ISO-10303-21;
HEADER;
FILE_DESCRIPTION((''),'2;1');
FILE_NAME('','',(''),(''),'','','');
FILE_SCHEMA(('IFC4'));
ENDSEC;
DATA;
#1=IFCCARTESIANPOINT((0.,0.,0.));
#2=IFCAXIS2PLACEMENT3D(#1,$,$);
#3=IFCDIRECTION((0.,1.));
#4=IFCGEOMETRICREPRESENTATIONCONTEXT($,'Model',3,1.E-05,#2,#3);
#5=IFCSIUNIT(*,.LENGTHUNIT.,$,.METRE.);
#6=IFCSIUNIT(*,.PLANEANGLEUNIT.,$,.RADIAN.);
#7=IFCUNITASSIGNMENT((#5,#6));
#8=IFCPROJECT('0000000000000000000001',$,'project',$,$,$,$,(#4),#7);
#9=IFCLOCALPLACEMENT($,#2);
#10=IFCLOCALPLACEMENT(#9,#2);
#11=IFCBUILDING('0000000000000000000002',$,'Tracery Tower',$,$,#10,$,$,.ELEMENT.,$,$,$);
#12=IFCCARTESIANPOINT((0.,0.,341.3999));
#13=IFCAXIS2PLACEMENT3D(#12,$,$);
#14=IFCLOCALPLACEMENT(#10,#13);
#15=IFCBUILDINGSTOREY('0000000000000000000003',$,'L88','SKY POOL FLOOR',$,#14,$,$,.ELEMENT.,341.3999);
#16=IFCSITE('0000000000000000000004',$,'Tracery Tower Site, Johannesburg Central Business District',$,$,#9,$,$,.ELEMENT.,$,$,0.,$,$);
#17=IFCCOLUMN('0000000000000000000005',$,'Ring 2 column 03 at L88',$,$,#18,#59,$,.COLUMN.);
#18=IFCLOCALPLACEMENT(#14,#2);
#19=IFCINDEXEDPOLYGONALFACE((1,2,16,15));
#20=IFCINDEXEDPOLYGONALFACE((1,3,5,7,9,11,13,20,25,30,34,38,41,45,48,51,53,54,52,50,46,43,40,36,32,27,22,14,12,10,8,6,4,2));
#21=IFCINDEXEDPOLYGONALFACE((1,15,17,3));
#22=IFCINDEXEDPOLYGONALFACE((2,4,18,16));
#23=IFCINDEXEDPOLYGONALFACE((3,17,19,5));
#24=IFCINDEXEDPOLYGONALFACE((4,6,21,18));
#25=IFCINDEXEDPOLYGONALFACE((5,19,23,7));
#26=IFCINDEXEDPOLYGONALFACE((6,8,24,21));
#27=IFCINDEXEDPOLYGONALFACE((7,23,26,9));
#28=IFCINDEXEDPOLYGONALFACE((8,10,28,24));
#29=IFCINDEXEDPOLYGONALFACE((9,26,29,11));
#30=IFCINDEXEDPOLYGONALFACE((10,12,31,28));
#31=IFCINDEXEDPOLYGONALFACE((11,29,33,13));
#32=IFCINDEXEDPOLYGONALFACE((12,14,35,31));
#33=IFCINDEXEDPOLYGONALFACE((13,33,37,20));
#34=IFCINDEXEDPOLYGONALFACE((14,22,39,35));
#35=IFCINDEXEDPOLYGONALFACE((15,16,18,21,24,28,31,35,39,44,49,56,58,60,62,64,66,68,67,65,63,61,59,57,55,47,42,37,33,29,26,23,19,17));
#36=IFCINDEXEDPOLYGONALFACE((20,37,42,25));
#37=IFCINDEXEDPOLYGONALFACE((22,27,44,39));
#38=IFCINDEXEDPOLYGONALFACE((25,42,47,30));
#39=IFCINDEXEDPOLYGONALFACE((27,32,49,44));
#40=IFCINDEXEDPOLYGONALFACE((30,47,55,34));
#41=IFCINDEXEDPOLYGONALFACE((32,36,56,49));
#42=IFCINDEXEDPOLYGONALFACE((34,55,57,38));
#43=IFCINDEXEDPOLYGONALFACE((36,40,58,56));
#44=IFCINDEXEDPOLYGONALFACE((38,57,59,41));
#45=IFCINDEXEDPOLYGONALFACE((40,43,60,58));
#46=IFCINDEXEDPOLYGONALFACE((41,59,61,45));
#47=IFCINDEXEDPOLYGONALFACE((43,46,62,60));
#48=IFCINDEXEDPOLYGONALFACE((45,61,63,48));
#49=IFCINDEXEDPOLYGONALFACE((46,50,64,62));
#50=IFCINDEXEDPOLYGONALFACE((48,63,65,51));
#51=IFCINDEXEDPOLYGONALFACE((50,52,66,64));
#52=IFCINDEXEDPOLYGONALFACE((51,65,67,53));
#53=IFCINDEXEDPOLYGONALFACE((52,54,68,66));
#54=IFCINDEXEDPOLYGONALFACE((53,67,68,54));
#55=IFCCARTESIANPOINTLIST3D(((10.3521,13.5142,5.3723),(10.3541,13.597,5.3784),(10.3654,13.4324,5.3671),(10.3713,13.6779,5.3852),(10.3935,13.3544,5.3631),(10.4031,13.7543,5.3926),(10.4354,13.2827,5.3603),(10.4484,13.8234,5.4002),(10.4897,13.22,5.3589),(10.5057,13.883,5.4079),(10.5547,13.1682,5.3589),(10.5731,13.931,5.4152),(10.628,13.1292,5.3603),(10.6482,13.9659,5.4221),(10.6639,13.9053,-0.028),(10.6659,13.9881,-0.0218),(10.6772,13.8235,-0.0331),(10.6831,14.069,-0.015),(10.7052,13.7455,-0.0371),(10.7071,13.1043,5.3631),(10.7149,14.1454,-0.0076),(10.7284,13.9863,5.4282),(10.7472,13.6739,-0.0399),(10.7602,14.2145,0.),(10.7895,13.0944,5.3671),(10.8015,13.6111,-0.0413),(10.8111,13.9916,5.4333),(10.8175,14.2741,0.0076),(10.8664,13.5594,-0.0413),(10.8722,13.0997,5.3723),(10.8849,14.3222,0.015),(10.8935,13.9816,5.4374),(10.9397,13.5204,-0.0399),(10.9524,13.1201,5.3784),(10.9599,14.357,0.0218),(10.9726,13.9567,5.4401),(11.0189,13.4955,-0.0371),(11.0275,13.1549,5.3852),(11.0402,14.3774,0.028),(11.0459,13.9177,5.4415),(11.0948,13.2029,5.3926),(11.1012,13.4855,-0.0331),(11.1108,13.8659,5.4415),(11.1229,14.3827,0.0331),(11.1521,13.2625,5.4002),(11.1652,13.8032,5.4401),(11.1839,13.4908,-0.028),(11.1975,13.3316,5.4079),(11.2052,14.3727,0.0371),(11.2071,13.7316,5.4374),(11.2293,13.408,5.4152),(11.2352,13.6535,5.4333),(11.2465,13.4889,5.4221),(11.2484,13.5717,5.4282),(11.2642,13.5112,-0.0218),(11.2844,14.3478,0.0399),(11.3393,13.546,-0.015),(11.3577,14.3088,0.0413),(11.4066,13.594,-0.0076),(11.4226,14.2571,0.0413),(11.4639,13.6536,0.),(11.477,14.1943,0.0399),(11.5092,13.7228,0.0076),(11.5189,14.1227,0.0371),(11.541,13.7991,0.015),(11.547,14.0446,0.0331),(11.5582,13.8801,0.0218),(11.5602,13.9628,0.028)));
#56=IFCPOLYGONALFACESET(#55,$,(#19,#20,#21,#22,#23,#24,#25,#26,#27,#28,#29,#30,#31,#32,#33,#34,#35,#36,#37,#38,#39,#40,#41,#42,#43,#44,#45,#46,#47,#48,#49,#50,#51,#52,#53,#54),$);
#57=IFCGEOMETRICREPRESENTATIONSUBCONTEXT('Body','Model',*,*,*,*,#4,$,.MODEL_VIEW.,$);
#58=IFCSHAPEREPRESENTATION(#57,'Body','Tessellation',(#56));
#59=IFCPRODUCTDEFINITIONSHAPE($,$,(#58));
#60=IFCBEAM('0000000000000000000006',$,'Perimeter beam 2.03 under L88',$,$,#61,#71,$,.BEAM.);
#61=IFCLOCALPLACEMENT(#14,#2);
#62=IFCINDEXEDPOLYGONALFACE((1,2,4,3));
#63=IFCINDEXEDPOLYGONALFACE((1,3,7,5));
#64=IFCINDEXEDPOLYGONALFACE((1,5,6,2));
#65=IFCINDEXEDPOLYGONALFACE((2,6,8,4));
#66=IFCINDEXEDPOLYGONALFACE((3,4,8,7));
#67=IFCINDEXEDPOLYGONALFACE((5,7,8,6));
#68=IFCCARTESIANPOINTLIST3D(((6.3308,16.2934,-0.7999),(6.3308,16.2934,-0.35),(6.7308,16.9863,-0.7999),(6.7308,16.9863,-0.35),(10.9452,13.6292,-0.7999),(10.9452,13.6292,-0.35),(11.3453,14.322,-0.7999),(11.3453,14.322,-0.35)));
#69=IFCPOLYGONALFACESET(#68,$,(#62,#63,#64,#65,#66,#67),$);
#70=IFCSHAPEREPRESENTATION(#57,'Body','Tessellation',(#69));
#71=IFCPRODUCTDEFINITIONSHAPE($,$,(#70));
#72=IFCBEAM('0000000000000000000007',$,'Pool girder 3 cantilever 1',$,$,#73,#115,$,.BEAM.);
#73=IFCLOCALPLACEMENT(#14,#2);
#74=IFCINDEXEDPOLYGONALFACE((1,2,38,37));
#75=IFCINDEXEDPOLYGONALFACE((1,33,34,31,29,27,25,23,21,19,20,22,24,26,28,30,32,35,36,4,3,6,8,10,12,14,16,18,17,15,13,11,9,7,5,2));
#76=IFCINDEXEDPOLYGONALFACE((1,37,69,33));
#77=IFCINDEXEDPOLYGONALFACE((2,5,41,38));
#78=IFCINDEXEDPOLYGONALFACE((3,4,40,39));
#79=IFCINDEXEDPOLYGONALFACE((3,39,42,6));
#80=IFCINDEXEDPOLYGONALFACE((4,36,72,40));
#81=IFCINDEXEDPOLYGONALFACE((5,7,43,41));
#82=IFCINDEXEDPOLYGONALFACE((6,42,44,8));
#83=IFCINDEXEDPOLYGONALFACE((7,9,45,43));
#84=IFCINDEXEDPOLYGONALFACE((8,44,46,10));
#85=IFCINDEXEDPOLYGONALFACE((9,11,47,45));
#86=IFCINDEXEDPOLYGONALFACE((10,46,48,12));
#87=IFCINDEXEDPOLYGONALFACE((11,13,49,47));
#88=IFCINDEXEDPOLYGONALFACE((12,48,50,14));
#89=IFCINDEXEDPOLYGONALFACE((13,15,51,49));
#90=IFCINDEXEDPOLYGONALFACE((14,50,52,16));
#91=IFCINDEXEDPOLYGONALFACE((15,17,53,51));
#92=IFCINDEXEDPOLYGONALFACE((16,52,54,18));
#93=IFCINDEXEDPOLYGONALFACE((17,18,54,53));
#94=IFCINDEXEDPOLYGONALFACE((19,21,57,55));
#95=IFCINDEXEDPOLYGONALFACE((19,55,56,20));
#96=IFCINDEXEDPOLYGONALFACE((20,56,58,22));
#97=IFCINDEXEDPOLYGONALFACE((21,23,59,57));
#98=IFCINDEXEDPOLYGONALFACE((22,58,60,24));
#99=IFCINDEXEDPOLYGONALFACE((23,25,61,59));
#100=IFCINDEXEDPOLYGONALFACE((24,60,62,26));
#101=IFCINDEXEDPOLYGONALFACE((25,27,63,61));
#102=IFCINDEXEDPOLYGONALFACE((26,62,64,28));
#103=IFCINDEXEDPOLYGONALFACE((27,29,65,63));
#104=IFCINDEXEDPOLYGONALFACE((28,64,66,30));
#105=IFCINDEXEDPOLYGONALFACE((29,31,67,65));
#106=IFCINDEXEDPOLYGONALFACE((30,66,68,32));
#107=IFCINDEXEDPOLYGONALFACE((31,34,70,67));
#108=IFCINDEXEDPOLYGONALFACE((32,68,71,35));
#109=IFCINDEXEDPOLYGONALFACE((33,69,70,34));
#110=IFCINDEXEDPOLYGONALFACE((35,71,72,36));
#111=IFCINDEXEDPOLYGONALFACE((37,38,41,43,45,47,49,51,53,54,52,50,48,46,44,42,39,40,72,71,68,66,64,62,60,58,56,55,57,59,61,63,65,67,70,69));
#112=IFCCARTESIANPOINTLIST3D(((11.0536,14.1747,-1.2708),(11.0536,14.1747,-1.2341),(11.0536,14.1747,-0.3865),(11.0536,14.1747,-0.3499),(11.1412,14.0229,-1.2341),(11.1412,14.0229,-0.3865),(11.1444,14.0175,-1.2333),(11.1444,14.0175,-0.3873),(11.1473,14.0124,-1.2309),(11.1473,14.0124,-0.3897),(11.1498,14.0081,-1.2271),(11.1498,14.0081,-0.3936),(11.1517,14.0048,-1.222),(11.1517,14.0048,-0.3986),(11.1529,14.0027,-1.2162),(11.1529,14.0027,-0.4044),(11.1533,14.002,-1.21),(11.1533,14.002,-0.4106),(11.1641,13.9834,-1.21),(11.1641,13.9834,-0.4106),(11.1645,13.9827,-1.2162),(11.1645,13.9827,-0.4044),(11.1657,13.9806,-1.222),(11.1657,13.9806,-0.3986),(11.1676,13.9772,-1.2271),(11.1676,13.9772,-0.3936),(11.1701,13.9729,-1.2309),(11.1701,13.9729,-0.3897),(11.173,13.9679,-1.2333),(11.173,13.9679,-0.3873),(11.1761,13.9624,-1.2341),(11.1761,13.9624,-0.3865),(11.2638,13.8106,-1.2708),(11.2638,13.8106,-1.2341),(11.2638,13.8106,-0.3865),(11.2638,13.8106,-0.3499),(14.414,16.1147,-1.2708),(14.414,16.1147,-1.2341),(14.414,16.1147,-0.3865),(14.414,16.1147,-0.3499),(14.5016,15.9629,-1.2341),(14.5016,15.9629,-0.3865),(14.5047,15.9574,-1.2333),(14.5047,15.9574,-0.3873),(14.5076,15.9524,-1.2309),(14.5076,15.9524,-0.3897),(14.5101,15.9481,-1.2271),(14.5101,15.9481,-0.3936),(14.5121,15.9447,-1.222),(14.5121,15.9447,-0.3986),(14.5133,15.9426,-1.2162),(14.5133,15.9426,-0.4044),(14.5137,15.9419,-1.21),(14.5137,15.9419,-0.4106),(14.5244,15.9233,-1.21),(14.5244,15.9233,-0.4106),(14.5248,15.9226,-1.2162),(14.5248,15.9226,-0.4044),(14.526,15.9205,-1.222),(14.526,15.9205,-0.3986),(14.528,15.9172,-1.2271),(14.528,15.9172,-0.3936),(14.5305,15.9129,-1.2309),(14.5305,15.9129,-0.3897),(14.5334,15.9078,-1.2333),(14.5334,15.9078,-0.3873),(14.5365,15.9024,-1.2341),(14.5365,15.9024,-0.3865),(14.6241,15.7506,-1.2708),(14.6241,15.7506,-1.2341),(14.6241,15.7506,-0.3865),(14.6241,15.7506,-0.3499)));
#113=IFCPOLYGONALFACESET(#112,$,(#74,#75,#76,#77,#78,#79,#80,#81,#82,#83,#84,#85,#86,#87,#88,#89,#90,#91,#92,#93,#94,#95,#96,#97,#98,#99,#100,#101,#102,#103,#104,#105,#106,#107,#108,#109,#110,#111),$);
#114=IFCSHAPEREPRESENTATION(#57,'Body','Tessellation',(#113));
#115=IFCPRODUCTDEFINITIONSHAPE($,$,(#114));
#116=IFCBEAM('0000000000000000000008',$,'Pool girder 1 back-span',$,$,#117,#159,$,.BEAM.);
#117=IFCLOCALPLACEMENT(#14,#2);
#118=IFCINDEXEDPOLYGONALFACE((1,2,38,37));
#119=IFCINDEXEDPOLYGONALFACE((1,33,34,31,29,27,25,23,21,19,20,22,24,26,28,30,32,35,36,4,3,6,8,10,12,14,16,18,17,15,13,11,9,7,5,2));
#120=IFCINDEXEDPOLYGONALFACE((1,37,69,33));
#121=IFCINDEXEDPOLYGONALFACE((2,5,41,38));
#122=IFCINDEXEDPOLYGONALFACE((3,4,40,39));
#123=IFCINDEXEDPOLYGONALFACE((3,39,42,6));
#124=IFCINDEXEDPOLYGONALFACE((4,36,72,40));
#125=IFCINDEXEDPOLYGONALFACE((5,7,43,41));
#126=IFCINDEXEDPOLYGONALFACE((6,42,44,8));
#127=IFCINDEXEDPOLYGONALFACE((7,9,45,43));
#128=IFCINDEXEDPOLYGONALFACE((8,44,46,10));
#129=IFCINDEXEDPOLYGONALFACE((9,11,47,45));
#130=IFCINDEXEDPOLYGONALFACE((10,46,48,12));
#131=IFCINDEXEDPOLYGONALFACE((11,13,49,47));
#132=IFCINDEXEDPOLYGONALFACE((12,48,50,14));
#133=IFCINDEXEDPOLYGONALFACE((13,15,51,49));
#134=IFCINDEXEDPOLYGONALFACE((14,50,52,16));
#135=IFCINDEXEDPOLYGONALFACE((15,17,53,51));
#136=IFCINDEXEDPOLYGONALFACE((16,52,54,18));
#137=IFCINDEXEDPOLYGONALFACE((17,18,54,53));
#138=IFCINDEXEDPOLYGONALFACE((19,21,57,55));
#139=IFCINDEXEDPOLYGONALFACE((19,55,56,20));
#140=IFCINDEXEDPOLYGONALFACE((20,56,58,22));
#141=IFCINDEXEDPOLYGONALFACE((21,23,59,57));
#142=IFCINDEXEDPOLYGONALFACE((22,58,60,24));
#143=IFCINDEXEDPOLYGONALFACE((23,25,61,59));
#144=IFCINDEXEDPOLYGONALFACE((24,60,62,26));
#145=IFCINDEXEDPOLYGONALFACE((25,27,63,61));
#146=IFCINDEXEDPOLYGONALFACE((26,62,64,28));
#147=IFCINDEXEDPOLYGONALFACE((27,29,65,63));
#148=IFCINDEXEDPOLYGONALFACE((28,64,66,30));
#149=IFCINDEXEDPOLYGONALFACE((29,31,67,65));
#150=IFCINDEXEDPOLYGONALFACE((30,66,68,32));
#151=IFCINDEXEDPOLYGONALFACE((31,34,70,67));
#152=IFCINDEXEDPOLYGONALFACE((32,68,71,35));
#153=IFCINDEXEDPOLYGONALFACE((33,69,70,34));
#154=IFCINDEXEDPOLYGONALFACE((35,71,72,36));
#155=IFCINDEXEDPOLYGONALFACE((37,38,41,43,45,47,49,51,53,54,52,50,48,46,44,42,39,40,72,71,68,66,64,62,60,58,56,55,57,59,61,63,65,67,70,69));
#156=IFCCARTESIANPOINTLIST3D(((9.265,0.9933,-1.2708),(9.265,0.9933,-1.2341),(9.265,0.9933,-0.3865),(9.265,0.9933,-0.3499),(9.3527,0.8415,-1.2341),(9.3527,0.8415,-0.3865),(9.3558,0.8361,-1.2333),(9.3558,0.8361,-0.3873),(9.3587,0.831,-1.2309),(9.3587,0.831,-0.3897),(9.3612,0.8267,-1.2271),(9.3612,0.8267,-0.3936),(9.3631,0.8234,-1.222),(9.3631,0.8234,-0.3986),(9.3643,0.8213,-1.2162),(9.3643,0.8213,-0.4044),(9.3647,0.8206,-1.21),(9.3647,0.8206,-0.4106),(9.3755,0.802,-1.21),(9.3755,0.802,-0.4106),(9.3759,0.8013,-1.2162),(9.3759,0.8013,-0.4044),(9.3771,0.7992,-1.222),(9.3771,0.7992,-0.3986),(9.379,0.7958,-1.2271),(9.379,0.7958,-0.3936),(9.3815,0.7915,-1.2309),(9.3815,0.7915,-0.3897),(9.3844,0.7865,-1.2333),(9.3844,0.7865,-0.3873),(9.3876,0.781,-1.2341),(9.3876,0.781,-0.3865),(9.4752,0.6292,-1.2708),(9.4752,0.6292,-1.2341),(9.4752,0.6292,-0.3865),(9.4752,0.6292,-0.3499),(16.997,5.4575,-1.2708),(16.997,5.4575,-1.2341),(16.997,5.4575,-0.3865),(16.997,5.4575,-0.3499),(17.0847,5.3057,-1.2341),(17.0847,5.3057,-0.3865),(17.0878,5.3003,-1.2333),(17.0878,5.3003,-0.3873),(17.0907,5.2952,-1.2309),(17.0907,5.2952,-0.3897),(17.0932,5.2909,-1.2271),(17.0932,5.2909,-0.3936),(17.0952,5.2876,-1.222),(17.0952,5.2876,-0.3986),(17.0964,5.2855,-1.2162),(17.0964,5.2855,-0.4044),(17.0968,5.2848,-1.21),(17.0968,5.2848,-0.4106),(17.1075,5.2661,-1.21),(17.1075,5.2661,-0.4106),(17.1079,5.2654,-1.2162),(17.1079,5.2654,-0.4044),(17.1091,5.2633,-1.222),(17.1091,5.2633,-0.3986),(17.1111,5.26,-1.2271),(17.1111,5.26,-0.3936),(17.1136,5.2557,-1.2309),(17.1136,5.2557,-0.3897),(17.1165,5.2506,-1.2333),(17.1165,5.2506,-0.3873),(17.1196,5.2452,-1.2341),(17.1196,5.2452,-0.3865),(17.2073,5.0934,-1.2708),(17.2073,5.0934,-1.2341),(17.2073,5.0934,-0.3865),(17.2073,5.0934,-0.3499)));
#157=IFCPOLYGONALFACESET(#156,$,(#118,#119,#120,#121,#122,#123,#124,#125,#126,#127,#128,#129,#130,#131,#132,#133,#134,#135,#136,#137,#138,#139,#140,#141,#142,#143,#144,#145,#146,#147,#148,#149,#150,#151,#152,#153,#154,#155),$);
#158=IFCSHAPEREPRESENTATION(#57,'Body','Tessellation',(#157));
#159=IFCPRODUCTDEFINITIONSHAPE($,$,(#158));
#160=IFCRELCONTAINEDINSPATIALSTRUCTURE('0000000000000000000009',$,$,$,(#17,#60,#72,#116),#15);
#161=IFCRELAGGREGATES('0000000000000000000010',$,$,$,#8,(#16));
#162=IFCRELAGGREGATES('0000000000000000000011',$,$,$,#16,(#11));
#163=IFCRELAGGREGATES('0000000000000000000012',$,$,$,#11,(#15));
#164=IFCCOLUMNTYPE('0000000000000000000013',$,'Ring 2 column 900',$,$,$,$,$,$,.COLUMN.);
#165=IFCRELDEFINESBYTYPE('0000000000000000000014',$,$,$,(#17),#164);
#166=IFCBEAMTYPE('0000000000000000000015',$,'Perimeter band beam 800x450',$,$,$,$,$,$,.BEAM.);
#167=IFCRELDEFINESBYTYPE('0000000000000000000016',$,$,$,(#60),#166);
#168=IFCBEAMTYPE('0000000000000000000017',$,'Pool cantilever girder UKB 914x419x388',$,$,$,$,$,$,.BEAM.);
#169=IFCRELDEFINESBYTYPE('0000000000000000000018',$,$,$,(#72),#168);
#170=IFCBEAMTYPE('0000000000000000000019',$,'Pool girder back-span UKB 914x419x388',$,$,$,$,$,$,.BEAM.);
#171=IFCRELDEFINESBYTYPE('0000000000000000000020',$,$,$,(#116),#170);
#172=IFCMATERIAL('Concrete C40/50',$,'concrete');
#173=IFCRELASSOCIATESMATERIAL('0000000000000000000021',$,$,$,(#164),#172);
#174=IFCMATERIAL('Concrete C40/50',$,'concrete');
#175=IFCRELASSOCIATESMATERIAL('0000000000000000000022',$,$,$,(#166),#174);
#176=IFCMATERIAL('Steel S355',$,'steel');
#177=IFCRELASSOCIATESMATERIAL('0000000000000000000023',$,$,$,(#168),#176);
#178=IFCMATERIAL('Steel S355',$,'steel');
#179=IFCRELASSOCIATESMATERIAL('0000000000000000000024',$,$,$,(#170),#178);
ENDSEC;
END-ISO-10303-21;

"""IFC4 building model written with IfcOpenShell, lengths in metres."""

from ifc_helpers import new_model, si_unit, direction, frame, origin, origin_2d, place, context, subcontext, project, spatial, rectangle, circle, i_section, extrude, material, material_profile, profile_set, type_object, element, save


model = new_model("IFC4")

# Units and contexts
model_context = context("Model", 3, precision=1e-05, world=origin(), true_north=direction((0.0, 1.0)))
body_context = subcontext(model_context, "Body", "Model", "MODEL_VIEW")
ifc_project = project(units=[si_unit("LENGTHUNIT", "METRE"), si_unit("PLANEANGLEUNIT", "RADIAN")], contexts=[model_context])

# Site, building, storey
site_placement = place(None, origin())
site = spatial("IfcSite", under=ifc_project, at=site_placement, Name="Tracery Tower Site, Johannesburg Central Business District", CompositionType="ELEMENT", RefElevation=0.0)
building_placement = place(site_placement, origin())
building = spatial("IfcBuilding", under=site, at=building_placement, Name="Tracery Tower", CompositionType="ELEMENT")
storey_placement = place(building_placement, frame((0.0, 0.0, 341.3999)))
storey = spatial("IfcBuildingStorey", under=building, at=storey_placement, Name="L88", Description="SKY POOL FLOOR", CompositionType="ELEMENT", Elevation=341.3999)

# Column
ifc_material_1 = material(Name="Concrete C40/50", Category="concrete")
ifc_material_profile_1 = material_profile(ifc_material_1, circle(Radius=0.45, at=origin_2d()), Name="RC D900")
ifc_profile_set_1 = profile_set([ifc_material_profile_1], Name="Concrete C40/50")
column_type = type_object("IfcColumnType", Name="Ring 2 column 900", PredefinedType="COLUMN", material=ifc_profile_set_1)
column_placement = place(storey_placement, frame((11.1121, 13.9341, 0.0), z_axis=(-0.057487, -0.072118, 0.995738), x_axis=(0.781963, -0.623325, 0.0)))
element("IfcColumn", 1, at=column_placement, inside=storey, type_object=column_type, Name="Ring 2 column 03 at L88", PredefinedType="COLUMN", context=body_context, shape_type="SweptSolid", body=[
    extrude(circle(Radius=0.45, at=origin_2d()), origin(), (0.0, 0.0, 1.0), 5.4233),
])

# Beams
ifc_material_2 = material(Name="Concrete C40/50", Category="concrete")
ifc_material_profile_2 = material_profile(ifc_material_2, rectangle(XDim=0.8, YDim=0.45, at=origin_2d()), Name="RC 800x450")
ifc_profile_set_2 = profile_set([ifc_material_profile_2], Name="Concrete C40/50")
beam_type_1 = type_object("IfcBeamType", Name="Perimeter band beam 800x450", PredefinedType="BEAM", material=ifc_profile_set_2)
beam_1_placement = place(storey_placement, frame((11.1453, 13.9756, -0.575), z_axis=(-0.866015, 0.500017, 0.0), x_axis=(-0.500017, -0.866015, 0.0)))
element("IfcBeam", 2, at=beam_1_placement, inside=storey, type_object=beam_type_1, Name="Perimeter beam 2.03 under L88", PredefinedType="BEAM", context=body_context, shape_type="SweptSolid", body=[
    extrude(rectangle(XDim=0.8, YDim=0.45, at=origin_2d()), origin(), (0.0, 0.0, 1.0), 5.3284),
])
ifc_material_3 = material(Name="Steel S355", Category="steel")
ifc_material_profile_3 = material_profile(ifc_material_3, i_section(OverallWidth=0.4204, OverallDepth=0.9209, WebThickness=0.0215, FlangeThickness=0.0366, FilletRadius=0.0242, at=origin_2d()), Name="UKB 914x419x388")
ifc_profile_set_3 = profile_set([ifc_material_profile_3], Name="Steel S355")
beam_type_2 = type_object("IfcBeamType", Name="Pool cantilever girder UKB 914x419x388", PredefinedType="BEAM", material=ifc_profile_set_3)
beam_2_placement = place(storey_placement, frame((11.1587, 13.9927, -0.8103), z_axis=(0.866043, 0.499969, 0.0), x_axis=(-0.499969, 0.866043, 0.0)))
element("IfcBeam", 3, at=beam_2_placement, inside=storey, type_object=beam_type_2, Name="Pool girder 3 cantilever 1", PredefinedType="BEAM", context=body_context, shape_type="SweptSolid", body=[
    extrude(i_section(OverallWidth=0.4204, OverallDepth=0.9209, WebThickness=0.0215, FlangeThickness=0.0366, FilletRadius=0.0242, at=origin_2d()), origin(), (0.0, 0.0, 1.0), 3.8801),
])
ifc_material_4 = material(Name="Steel S355", Category="steel")
ifc_material_profile_4 = material_profile(ifc_material_4, i_section(OverallWidth=0.4204, OverallDepth=0.9209, WebThickness=0.0215, FlangeThickness=0.0366, FilletRadius=0.0242, at=origin_2d()), Name="UKB 914x419x388")
ifc_profile_set_4 = profile_set([ifc_material_profile_4], Name="Steel S355")
beam_type_3 = type_object("IfcBeamType", Name="Pool girder back-span UKB 914x419x388", PredefinedType="BEAM", material=ifc_profile_set_4)
beam_3_placement = place(storey_placement, frame((9.3701, 0.8113, -0.8103), z_axis=(0.866022, 0.500007, 0.0), x_axis=(-0.500007, 0.866022, 0.0)))
element("IfcBeam", 4, at=beam_3_placement, inside=storey, type_object=beam_type_3, Name="Pool girder 1 back-span", PredefinedType="BEAM", context=body_context, shape_type="SweptSolid", body=[
    extrude(i_section(OverallWidth=0.4204, OverallDepth=0.9209, WebThickness=0.0215, FlangeThickness=0.0366, FilletRadius=0.0242, at=origin_2d()), origin(), (0.0, 0.0, 1.0), 8.9282),
])

save(model, "model.ifc")
